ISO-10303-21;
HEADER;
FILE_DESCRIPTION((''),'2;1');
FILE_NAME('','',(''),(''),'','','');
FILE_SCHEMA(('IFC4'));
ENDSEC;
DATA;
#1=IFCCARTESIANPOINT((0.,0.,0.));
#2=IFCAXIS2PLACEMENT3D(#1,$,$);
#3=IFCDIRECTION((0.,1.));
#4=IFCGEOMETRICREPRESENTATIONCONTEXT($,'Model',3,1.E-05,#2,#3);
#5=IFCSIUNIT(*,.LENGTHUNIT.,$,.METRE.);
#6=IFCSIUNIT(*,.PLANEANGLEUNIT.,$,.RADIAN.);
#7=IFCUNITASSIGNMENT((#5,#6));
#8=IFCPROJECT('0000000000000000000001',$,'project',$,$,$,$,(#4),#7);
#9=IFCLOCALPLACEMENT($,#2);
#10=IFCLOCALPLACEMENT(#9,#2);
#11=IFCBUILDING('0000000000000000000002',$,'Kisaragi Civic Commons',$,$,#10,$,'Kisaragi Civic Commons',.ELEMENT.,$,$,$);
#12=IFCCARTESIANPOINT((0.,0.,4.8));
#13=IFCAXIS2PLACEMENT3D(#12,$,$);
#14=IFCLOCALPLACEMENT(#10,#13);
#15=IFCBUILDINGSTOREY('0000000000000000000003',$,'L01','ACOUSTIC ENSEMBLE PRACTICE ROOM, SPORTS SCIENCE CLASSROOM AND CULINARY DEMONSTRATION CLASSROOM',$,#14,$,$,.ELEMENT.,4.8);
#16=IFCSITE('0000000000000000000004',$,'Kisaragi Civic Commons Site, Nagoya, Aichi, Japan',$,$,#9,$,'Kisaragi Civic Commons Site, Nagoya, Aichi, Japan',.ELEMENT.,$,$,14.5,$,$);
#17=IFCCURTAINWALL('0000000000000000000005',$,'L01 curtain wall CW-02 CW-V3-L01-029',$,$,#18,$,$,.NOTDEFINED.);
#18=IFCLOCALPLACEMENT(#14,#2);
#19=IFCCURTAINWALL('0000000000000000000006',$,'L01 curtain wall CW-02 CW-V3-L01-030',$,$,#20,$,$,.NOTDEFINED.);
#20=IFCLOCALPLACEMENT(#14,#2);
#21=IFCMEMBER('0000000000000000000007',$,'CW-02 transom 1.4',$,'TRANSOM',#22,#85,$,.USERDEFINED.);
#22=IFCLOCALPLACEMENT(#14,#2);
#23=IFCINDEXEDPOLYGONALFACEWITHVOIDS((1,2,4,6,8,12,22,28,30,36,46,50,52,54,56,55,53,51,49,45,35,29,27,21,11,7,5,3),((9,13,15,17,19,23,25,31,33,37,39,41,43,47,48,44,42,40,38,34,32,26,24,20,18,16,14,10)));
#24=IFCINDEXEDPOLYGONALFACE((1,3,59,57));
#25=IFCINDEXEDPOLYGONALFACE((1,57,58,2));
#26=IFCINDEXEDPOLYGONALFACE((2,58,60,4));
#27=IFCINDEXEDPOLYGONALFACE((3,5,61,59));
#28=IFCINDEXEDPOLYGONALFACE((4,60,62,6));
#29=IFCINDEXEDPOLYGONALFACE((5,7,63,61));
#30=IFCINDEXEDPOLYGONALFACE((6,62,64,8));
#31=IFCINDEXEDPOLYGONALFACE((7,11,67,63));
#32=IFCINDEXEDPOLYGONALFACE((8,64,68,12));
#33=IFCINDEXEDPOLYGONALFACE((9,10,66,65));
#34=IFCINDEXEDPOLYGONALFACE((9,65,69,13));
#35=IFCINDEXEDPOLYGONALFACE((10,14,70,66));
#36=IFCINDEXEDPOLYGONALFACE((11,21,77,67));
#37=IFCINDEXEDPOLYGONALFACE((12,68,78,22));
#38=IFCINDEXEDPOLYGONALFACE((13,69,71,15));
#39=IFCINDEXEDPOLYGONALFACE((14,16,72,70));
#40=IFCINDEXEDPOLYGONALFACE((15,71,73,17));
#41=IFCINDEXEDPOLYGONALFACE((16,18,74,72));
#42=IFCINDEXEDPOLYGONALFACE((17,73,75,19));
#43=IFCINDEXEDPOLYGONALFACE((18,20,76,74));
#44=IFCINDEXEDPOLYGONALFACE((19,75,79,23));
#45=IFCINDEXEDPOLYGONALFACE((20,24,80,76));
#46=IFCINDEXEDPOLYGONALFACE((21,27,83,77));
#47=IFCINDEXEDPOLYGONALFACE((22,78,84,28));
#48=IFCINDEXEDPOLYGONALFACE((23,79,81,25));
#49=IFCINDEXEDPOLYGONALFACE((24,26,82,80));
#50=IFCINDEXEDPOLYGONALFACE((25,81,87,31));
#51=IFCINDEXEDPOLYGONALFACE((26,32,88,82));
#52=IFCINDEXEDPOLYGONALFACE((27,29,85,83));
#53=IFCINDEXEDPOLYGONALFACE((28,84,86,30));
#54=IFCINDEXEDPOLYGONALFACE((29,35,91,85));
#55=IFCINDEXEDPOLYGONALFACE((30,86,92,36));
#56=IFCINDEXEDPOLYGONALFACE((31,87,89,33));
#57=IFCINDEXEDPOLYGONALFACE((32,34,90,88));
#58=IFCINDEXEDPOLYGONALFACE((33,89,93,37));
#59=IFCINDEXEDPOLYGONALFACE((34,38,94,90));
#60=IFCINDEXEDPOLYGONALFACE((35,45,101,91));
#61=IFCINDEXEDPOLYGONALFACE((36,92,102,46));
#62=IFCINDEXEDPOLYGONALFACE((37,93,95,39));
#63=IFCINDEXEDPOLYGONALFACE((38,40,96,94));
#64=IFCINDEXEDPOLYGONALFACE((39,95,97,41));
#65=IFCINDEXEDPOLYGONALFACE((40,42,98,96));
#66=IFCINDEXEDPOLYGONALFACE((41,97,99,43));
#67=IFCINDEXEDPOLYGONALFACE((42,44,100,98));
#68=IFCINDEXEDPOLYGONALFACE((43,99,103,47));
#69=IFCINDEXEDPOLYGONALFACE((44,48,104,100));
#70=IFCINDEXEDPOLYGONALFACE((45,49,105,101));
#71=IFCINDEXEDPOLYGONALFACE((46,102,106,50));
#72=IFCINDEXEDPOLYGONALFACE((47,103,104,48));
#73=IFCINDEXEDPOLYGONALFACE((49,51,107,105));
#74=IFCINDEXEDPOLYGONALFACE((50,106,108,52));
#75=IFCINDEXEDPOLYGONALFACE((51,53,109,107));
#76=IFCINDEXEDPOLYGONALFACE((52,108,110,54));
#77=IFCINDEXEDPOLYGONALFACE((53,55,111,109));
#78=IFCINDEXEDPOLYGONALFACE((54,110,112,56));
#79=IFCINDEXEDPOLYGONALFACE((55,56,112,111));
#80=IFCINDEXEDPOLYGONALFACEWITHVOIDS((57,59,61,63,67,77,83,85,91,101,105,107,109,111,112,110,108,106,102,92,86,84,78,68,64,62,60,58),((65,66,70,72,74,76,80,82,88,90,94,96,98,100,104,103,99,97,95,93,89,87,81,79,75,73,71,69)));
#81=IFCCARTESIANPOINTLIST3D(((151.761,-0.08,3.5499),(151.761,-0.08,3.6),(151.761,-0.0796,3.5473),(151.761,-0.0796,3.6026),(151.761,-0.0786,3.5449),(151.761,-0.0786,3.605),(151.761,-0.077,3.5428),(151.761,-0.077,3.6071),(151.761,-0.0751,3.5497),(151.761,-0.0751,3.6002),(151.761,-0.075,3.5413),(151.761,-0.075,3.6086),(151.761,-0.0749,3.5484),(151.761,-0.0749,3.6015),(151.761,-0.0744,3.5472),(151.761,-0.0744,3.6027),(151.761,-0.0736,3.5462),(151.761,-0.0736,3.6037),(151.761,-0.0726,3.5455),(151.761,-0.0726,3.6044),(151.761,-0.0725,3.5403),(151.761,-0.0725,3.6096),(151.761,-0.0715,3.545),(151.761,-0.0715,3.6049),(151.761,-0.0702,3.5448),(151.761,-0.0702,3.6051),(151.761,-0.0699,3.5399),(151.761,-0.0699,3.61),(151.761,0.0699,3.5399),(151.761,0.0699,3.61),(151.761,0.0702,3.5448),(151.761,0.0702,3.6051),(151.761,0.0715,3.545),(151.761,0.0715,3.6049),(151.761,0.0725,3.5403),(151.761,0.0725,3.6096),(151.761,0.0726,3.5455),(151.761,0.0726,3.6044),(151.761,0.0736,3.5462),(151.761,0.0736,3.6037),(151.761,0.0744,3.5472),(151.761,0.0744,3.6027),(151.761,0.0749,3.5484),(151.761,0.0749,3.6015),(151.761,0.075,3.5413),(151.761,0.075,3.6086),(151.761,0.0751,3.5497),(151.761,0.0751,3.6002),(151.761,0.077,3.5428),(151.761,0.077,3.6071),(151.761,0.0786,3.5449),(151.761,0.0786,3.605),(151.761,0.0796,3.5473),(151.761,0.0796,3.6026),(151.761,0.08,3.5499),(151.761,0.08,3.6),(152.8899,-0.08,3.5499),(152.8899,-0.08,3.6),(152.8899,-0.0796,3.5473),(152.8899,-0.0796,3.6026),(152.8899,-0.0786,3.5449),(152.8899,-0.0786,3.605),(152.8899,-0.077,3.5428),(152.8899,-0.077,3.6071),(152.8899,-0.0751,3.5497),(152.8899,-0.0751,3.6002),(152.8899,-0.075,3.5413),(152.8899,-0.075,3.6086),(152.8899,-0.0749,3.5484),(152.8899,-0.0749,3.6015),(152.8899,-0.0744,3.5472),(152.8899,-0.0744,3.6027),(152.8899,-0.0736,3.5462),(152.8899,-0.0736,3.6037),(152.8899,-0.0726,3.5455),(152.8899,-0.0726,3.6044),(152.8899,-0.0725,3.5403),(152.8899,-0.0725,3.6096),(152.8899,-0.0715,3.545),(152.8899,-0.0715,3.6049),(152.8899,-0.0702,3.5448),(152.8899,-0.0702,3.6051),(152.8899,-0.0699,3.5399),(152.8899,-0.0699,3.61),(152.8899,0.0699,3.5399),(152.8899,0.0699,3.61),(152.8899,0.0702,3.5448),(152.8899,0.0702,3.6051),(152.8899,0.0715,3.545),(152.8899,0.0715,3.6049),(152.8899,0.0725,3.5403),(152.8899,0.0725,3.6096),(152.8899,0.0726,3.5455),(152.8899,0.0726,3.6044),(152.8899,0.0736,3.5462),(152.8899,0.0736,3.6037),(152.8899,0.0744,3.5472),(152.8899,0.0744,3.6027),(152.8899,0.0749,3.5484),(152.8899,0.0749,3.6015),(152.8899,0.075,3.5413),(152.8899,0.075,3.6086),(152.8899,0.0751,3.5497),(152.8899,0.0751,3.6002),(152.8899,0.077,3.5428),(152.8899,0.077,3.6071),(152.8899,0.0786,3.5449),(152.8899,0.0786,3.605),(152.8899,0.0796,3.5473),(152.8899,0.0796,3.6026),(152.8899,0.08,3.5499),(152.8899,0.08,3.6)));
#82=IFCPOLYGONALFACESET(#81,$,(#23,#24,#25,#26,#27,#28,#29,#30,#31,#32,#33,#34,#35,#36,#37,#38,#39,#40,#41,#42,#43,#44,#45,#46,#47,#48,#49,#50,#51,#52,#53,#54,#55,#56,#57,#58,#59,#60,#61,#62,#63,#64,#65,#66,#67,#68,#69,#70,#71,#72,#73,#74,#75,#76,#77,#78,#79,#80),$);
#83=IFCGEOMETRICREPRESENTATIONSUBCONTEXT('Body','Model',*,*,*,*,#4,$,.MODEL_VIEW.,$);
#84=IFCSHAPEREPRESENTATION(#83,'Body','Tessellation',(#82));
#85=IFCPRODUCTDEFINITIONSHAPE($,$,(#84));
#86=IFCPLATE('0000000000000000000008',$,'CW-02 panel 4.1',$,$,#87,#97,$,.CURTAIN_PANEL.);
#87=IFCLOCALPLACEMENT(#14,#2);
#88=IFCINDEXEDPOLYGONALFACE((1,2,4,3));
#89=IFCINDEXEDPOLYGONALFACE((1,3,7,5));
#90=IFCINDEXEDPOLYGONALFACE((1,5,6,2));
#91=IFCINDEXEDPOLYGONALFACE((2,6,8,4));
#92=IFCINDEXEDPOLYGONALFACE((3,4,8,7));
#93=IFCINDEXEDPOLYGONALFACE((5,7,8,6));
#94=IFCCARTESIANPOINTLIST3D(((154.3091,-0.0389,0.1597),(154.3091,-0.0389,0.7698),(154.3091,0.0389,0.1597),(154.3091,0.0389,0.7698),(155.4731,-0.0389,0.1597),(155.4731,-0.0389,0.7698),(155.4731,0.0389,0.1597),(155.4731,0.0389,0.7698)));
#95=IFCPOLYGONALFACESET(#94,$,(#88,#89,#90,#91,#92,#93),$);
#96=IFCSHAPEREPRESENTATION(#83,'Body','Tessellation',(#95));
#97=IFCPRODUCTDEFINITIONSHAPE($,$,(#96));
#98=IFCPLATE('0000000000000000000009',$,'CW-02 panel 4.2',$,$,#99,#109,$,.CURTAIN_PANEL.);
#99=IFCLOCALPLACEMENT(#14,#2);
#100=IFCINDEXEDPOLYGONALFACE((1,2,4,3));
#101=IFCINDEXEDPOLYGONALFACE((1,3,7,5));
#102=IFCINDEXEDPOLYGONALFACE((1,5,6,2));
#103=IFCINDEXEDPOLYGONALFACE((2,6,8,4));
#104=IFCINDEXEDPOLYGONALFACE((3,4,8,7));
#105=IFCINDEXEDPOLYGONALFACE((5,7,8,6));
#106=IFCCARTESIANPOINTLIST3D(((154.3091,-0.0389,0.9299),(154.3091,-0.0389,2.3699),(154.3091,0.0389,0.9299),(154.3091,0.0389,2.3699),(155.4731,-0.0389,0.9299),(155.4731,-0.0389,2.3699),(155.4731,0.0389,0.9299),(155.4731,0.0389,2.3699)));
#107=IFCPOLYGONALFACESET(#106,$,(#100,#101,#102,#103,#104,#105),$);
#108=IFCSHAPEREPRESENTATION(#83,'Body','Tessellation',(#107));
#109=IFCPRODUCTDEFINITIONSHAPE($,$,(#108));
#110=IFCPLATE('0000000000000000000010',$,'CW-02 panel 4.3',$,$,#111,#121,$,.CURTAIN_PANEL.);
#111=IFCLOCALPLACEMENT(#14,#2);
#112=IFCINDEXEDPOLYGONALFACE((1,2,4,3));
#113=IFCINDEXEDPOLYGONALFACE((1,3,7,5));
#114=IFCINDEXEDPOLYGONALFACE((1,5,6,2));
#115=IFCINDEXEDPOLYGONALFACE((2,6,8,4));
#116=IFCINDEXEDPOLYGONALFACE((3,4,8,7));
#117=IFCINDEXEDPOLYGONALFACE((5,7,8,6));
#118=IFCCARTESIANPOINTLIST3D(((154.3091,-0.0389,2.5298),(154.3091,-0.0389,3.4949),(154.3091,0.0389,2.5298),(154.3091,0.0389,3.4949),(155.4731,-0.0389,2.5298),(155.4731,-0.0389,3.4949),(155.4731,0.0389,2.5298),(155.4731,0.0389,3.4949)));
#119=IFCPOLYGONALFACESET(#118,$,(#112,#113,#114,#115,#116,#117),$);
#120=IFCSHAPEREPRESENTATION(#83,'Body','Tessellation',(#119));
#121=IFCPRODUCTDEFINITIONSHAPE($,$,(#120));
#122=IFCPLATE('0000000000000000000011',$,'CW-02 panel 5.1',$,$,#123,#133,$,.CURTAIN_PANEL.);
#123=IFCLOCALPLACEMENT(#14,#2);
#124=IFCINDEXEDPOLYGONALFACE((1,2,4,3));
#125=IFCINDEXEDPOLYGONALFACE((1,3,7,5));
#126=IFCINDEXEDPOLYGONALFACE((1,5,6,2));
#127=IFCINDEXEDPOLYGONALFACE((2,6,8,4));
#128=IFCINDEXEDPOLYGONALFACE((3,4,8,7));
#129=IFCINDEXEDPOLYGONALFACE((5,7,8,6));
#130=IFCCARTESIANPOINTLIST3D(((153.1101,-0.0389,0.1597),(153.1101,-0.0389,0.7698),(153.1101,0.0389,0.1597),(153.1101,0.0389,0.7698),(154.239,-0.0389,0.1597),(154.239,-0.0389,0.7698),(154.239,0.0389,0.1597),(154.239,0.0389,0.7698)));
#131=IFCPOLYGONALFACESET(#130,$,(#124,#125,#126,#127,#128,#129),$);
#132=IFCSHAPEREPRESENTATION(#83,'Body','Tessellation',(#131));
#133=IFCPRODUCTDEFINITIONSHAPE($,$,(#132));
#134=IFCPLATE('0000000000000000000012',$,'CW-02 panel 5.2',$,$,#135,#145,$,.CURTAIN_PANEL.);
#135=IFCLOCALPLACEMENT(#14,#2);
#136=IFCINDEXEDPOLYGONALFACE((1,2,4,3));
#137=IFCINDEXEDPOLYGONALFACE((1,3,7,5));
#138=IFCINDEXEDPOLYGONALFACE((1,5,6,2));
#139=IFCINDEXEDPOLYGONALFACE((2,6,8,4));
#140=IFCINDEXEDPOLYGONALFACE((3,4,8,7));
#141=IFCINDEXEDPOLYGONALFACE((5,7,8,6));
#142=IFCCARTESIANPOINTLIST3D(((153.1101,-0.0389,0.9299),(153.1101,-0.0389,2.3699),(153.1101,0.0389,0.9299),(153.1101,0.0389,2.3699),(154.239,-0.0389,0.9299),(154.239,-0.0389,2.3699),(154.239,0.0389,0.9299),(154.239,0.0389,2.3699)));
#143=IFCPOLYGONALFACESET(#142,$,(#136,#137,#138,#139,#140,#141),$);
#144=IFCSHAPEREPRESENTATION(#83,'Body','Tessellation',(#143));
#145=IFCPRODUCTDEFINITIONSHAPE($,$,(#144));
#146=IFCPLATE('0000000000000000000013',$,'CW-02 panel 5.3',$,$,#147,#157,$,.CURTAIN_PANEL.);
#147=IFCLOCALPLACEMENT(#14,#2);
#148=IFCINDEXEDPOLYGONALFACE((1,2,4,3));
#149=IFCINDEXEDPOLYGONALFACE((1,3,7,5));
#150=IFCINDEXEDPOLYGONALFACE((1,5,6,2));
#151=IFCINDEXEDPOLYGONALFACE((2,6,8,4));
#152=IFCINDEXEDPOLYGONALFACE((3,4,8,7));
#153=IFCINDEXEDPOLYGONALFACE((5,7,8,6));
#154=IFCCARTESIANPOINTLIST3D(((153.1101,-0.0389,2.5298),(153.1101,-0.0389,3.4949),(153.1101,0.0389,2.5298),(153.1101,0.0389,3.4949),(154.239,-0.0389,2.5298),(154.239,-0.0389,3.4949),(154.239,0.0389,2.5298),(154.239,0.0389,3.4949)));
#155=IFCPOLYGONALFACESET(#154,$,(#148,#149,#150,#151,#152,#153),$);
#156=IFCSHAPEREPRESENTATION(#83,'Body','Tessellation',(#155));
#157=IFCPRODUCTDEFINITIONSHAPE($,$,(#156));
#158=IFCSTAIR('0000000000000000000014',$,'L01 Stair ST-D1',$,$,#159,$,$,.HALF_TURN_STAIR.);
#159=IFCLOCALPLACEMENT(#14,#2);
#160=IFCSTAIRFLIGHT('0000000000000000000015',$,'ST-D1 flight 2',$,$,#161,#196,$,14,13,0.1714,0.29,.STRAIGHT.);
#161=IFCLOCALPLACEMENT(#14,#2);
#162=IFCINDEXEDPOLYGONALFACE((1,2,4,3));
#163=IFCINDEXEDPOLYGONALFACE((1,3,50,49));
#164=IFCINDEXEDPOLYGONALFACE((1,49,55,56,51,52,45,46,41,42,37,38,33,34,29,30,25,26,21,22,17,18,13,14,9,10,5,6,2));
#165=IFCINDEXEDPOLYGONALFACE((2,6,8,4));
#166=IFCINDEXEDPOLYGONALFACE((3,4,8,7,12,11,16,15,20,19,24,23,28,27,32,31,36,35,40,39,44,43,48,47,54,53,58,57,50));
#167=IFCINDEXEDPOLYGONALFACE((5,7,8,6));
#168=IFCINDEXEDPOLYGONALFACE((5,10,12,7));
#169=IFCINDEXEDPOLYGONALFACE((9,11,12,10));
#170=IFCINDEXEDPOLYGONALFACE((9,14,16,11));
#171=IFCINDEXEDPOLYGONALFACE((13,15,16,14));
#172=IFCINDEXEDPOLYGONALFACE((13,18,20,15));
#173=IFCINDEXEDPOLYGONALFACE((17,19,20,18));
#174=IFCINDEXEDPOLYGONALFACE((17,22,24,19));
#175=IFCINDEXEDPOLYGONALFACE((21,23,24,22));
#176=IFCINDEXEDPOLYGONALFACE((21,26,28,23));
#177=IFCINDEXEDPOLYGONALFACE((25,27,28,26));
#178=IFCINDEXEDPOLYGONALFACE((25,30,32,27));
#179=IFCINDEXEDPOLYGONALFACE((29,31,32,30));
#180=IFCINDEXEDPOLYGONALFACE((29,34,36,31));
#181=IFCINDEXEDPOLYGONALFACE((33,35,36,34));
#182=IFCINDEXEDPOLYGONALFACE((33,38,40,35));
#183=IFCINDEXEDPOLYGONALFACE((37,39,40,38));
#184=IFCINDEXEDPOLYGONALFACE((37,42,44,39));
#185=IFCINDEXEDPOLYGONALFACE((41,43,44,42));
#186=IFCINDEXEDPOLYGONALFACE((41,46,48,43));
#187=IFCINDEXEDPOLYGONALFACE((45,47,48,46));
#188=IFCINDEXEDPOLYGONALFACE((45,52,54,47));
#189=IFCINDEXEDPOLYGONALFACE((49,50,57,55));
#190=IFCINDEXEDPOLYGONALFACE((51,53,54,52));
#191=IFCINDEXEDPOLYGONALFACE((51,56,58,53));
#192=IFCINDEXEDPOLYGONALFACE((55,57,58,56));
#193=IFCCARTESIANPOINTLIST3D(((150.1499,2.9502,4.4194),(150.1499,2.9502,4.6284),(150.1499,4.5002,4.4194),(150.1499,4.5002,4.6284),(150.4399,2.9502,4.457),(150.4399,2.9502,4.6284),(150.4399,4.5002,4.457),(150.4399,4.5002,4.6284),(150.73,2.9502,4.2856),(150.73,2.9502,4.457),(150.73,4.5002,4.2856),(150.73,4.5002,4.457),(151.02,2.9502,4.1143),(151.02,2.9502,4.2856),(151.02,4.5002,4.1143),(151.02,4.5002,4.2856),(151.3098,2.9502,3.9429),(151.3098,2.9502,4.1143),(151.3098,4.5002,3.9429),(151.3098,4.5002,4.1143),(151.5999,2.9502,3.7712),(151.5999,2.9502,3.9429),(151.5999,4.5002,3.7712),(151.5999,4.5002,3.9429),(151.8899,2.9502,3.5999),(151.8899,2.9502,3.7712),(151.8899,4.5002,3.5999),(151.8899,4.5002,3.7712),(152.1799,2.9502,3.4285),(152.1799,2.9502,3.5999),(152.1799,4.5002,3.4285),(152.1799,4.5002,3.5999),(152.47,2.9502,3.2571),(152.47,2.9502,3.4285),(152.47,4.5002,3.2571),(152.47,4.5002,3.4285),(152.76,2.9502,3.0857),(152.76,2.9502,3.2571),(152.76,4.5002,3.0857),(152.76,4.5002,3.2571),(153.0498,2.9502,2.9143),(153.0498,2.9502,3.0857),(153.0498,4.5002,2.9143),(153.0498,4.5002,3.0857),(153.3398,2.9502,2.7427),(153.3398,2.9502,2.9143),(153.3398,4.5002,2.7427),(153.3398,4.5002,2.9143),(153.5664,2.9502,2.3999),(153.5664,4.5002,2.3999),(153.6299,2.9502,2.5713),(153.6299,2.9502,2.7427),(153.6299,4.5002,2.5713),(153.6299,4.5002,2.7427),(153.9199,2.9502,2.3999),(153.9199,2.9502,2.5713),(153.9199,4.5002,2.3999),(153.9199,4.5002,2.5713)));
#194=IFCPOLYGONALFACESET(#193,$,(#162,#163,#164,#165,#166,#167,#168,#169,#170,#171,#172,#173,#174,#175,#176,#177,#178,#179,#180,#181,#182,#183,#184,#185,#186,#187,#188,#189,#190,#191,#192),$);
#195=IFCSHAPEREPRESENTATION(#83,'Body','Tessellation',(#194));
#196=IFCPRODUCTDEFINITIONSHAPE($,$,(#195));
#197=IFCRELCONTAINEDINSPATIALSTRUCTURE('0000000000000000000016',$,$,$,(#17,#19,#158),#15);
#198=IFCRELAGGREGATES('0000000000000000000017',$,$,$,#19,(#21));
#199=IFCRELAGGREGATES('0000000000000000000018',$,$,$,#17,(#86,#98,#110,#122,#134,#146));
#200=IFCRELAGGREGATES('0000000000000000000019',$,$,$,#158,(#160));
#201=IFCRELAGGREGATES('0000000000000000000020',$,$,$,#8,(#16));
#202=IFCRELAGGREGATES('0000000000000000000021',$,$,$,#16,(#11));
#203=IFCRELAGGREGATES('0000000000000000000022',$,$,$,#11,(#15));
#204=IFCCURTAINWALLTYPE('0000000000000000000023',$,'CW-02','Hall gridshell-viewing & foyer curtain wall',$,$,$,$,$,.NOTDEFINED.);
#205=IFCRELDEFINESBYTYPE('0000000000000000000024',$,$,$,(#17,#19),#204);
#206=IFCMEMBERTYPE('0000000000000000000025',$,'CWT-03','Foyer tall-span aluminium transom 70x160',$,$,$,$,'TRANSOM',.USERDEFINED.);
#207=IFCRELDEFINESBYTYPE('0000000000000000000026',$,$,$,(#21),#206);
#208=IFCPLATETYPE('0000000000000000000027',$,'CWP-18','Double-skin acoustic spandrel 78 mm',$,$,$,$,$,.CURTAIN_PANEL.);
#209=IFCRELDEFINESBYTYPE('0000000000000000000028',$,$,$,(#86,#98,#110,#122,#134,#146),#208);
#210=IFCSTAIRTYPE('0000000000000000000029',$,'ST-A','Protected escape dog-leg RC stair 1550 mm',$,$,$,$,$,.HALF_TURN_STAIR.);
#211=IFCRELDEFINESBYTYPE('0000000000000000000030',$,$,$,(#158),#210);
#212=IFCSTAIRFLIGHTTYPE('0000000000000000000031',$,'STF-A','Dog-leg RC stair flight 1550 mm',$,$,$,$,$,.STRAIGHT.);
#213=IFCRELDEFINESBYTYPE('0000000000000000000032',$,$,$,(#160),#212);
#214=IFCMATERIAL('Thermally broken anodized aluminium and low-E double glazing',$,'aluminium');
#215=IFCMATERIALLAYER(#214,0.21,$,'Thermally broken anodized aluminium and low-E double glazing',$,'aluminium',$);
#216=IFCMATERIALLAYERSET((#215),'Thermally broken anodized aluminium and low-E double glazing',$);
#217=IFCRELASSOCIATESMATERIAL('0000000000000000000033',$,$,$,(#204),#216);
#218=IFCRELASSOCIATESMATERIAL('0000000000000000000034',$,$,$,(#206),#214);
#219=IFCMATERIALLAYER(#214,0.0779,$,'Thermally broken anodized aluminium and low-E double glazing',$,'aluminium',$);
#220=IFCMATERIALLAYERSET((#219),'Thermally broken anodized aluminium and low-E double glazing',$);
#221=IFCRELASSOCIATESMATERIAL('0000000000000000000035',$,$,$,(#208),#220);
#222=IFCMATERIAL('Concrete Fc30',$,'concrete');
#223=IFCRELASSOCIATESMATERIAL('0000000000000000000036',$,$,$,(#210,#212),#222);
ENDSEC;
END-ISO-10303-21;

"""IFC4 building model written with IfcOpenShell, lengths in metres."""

from ifc_helpers import new_model, si_unit, direction, frame, origin, origin_2d, place, context, subcontext, project, spatial, polyline, rectangle, hollow_rectangle, outline, extrude, material, layer, layer_set, material_profile, profile_set, type_object, element, aggregate, save


model = new_model("IFC4")

# Units and contexts
model_context = context("Model", 3, precision=1e-05, world=origin(), true_north=direction((0.0, 1.0)))
body_context = subcontext(model_context, "Body", "Model", "MODEL_VIEW")
ifc_project = project(units=[si_unit("LENGTHUNIT", "METRE"), si_unit("PLANEANGLEUNIT", "RADIAN")], contexts=[model_context])

# Site, building, storey
site_placement = place(None, origin())
site = spatial("IfcSite", under=ifc_project, at=site_placement, Name="Kisaragi Civic Commons Site, Nagoya, Aichi, Japan", LongName="Kisaragi Civic Commons Site, Nagoya, Aichi, Japan", CompositionType="ELEMENT", RefElevation=14.5)
building_placement = place(site_placement, origin())
building = spatial("IfcBuilding", under=site, at=building_placement, Name="Kisaragi Civic Commons", LongName="Kisaragi Civic Commons", CompositionType="ELEMENT")
storey_placement = place(building_placement, frame((0.0, 0.0, 4.8)))
storey = spatial("IfcBuildingStorey", under=building, at=storey_placement, Name="L01", Description="ACOUSTIC ENSEMBLE PRACTICE ROOM, SPORTS SCIENCE CLASSROOM AND CULINARY DEMONSTRATION CLASSROOM", CompositionType="ELEMENT", Elevation=4.8)

# Curtain wall
ifc_material_1 = material(Name="Thermally broken anodized aluminium and low-E double glazing", Category="aluminium")
ifc_layer_1 = layer(ifc_material_1, 0.21, Name="Thermally broken anodized aluminium and low-E double glazing", Category="aluminium")
ifc_layer_set_1 = layer_set([ifc_layer_1], Name="Thermally broken anodized aluminium and low-E double glazing")
curtain_wall_type = type_object("IfcCurtainWallType", Name="CW-02", Description="Hall gridshell-viewing & foyer curtain wall", PredefinedType="NOTDEFINED", material=ifc_layer_set_1)
curtain_wall_1_placement = place(storey_placement, origin())
curtain_wall_1 = element("IfcCurtainWall", 1, at=curtain_wall_1_placement, inside=storey, type_object=curtain_wall_type, Name="L01 curtain wall CW-02 CW-V3-L01-029", PredefinedType="NOTDEFINED")

# Curtain wall
curtain_wall_2_placement = place(storey_placement, origin())
curtain_wall_2 = element("IfcCurtainWall", 2, at=curtain_wall_2_placement, inside=storey, type_object=curtain_wall_type, Name="L01 curtain wall CW-02 CW-V3-L01-030", PredefinedType="NOTDEFINED")

# Member
ifc_material_profile_1 = material_profile(ifc_material_1, hollow_rectangle(XDim=0.1599, YDim=0.0701, WallThickness=0.0049, InnerFilletRadius=0.0049, OuterFilletRadius=0.01, at=origin_2d()), Name="CWT-70x160x5", Category="aluminium")
ifc_profile_set_1 = profile_set([ifc_material_profile_1], Name="Thermally broken anodized aluminium and low-E double glazing")
member_type_1 = type_object("IfcMemberType", Name="CWT-03", Description="Foyer tall-span aluminium transom 70x160", ElementType="TRANSOM", PredefinedType="USERDEFINED", material=ifc_profile_set_1)
member_1_placement = place(storey_placement, frame((152.8899, 0.0, 3.575), z_axis=(-1.0, 0.0, 0.0), x_axis=(0.0, -1.0, 0.0)))
member_1 = element("IfcMember", 3, at=member_1_placement, type_object=member_type_1, Name="CW-02 transom 1.4", ObjectType="TRANSOM", PredefinedType="USERDEFINED", context=body_context, shape_type="SweptSolid", body=[
    extrude(hollow_rectangle(XDim=0.1599, YDim=0.0701, WallThickness=0.0049, InnerFilletRadius=0.0049, OuterFilletRadius=0.01, at=origin_2d()), origin(), (0.0, 0.0, 1.0), 1.1289),
])
aggregate(curtain_wall_2, [member_1])

# Plates
ifc_layer_2 = layer(ifc_material_1, 0.0779, Name="Thermally broken anodized aluminium and low-E double glazing", Category="aluminium")
ifc_layer_set_2 = layer_set([ifc_layer_2], Name="Thermally broken anodized aluminium and low-E double glazing")
plate_type = type_object("IfcPlateType", Name="CWP-18", Description="Double-skin acoustic spandrel 78 mm", PredefinedType="CURTAIN_PANEL", material=ifc_layer_set_2)
plate_1_placement = place(storey_placement, frame((154.8911, 0.0, 0.1597), z_axis=(0.0, 0.0, 1.0), x_axis=(-1.0, 0.0, 0.0)))
plate_1 = element("IfcPlate", 4, at=plate_1_placement, type_object=plate_type, Name="CW-02 panel 4.1", PredefinedType="CURTAIN_PANEL", context=body_context, shape_type="SweptSolid", body=[
    extrude(rectangle(XDim=1.1641, YDim=0.0779, at=origin_2d()), origin(), (0.0, 0.0, 1.0), 0.6101),
])
plate_2_placement = place(storey_placement, frame((154.8911, 0.0, 0.9299), z_axis=(0.0, 0.0, 1.0), x_axis=(-1.0, 0.0, 0.0)))
plate_2 = element("IfcPlate", 5, at=plate_2_placement, type_object=plate_type, Name="CW-02 panel 4.2", PredefinedType="CURTAIN_PANEL", context=body_context, shape_type="SweptSolid", body=[
    extrude(rectangle(XDim=1.1641, YDim=0.0779, at=origin_2d()), origin(), (0.0, 0.0, 1.0), 1.4399),
])
plate_3_placement = place(storey_placement, frame((154.8911, 0.0, 2.5298), z_axis=(0.0, 0.0, 1.0), x_axis=(-1.0, 0.0, 0.0)))
plate_3 = element("IfcPlate", 6, at=plate_3_placement, type_object=plate_type, Name="CW-02 panel 4.3", PredefinedType="CURTAIN_PANEL", context=body_context, shape_type="SweptSolid", body=[
    extrude(rectangle(XDim=1.1641, YDim=0.0779, at=origin_2d()), origin(), (0.0, 0.0, 1.0), 0.9651),
])
plate_4_placement = place(storey_placement, frame((153.6746, 0.0, 0.1597), z_axis=(0.0, 0.0, 1.0), x_axis=(-1.0, 0.0, 0.0)))
plate_4 = element("IfcPlate", 7, at=plate_4_placement, type_object=plate_type, Name="CW-02 panel 5.1", PredefinedType="CURTAIN_PANEL", context=body_context, shape_type="SweptSolid", body=[
    extrude(rectangle(XDim=1.1289, YDim=0.0779, at=origin_2d()), origin(), (0.0, 0.0, 1.0), 0.6101),
])
plate_5_placement = place(storey_placement, frame((153.6746, 0.0, 0.9299), z_axis=(0.0, 0.0, 1.0), x_axis=(-1.0, 0.0, 0.0)))
plate_5 = element("IfcPlate", 8, at=plate_5_placement, type_object=plate_type, Name="CW-02 panel 5.2", PredefinedType="CURTAIN_PANEL", context=body_context, shape_type="SweptSolid", body=[
    extrude(rectangle(XDim=1.1289, YDim=0.0779, at=origin_2d()), origin(), (0.0, 0.0, 1.0), 1.4399),
])
plate_6_placement = place(storey_placement, frame((153.6746, 0.0, 2.5298), z_axis=(0.0, 0.0, 1.0), x_axis=(-1.0, 0.0, 0.0)))
plate_6 = element("IfcPlate", 9, at=plate_6_placement, type_object=plate_type, Name="CW-02 panel 5.3", PredefinedType="CURTAIN_PANEL", context=body_context, shape_type="SweptSolid", body=[
    extrude(rectangle(XDim=1.1289, YDim=0.0779, at=origin_2d()), origin(), (0.0, 0.0, 1.0), 0.9651),
])
aggregate(curtain_wall_1, [plate_1, plate_2, plate_3, plate_4, plate_5, plate_6])

# Stair, stair flight
ifc_material_2 = material(Name="Concrete Fc30", Category="concrete")
stair_type = type_object("IfcStairType", Name="ST-A", Description="Protected escape dog-leg RC stair 1550 mm", PredefinedType="HALF_TURN_STAIR", material=ifc_material_2)
stair_placement = place(storey_placement, origin())
stair = element("IfcStair", 10, at=stair_placement, inside=storey, type_object=stair_type, Name="L01 Stair ST-D1", PredefinedType="HALF_TURN_STAIR")
stair_flight_type = type_object("IfcStairFlightType", Name="STF-A", Description="Dog-leg RC stair flight 1550 mm", PredefinedType="STRAIGHT", material=ifc_material_2)
stair_flight_placement = place(storey_placement, frame((153.9199, 3.7251, 2.3999), z_axis=(0.0, 0.0, 1.0), x_axis=(-1.0, 0.0, 0.0)))
stair_flight = element("IfcStairFlight", 11, at=stair_flight_placement, type_object=stair_flight_type, Name="ST-D1 flight 2", NumberOfRisers=14, NumberOfTreads=13, PredefinedType="STRAIGHT", RiserHeight=0.1714, TreadLength=0.29, context=body_context, shape_type="SweptSolid", body=[
    extrude(outline(polyline([(0.0, 0.0), (0.0, 0.1714), (0.29, 0.1714), (0.29, 0.3428), (0.5801, 0.3428), (0.5801, 0.5144), (0.8701, 0.5144), (0.8701, 0.6858), (1.1599, 0.6858), (1.1599, 0.8572), (1.45, 0.8572), (1.45, 1.0286), (1.74, 1.0286), (1.74, 1.2), (2.03, 1.2), (2.03, 1.3713), (2.3201, 1.3713), (2.3201, 1.543), (2.6101, 1.543), (2.6101, 1.7144), (2.8999, 1.7144), (2.8999, 1.8857), (3.1899, 1.8857), (3.1899, 2.0571), (3.48, 2.0571), (3.48, 2.2285), (3.77, 2.2285), (3.77, 2.3999), (3.77, 2.0195), (0.3535, 0.0), (0.0, 0.0)])), frame((0.0, 0.7749, 0.0), z_axis=(0.0, -1.0, 0.0), x_axis=(1.0, 0.0, 0.0)), (0.0, 0.0, 1.0), 1.55),
])
aggregate(stair, [stair_flight])

save(model, "model.ifc")
